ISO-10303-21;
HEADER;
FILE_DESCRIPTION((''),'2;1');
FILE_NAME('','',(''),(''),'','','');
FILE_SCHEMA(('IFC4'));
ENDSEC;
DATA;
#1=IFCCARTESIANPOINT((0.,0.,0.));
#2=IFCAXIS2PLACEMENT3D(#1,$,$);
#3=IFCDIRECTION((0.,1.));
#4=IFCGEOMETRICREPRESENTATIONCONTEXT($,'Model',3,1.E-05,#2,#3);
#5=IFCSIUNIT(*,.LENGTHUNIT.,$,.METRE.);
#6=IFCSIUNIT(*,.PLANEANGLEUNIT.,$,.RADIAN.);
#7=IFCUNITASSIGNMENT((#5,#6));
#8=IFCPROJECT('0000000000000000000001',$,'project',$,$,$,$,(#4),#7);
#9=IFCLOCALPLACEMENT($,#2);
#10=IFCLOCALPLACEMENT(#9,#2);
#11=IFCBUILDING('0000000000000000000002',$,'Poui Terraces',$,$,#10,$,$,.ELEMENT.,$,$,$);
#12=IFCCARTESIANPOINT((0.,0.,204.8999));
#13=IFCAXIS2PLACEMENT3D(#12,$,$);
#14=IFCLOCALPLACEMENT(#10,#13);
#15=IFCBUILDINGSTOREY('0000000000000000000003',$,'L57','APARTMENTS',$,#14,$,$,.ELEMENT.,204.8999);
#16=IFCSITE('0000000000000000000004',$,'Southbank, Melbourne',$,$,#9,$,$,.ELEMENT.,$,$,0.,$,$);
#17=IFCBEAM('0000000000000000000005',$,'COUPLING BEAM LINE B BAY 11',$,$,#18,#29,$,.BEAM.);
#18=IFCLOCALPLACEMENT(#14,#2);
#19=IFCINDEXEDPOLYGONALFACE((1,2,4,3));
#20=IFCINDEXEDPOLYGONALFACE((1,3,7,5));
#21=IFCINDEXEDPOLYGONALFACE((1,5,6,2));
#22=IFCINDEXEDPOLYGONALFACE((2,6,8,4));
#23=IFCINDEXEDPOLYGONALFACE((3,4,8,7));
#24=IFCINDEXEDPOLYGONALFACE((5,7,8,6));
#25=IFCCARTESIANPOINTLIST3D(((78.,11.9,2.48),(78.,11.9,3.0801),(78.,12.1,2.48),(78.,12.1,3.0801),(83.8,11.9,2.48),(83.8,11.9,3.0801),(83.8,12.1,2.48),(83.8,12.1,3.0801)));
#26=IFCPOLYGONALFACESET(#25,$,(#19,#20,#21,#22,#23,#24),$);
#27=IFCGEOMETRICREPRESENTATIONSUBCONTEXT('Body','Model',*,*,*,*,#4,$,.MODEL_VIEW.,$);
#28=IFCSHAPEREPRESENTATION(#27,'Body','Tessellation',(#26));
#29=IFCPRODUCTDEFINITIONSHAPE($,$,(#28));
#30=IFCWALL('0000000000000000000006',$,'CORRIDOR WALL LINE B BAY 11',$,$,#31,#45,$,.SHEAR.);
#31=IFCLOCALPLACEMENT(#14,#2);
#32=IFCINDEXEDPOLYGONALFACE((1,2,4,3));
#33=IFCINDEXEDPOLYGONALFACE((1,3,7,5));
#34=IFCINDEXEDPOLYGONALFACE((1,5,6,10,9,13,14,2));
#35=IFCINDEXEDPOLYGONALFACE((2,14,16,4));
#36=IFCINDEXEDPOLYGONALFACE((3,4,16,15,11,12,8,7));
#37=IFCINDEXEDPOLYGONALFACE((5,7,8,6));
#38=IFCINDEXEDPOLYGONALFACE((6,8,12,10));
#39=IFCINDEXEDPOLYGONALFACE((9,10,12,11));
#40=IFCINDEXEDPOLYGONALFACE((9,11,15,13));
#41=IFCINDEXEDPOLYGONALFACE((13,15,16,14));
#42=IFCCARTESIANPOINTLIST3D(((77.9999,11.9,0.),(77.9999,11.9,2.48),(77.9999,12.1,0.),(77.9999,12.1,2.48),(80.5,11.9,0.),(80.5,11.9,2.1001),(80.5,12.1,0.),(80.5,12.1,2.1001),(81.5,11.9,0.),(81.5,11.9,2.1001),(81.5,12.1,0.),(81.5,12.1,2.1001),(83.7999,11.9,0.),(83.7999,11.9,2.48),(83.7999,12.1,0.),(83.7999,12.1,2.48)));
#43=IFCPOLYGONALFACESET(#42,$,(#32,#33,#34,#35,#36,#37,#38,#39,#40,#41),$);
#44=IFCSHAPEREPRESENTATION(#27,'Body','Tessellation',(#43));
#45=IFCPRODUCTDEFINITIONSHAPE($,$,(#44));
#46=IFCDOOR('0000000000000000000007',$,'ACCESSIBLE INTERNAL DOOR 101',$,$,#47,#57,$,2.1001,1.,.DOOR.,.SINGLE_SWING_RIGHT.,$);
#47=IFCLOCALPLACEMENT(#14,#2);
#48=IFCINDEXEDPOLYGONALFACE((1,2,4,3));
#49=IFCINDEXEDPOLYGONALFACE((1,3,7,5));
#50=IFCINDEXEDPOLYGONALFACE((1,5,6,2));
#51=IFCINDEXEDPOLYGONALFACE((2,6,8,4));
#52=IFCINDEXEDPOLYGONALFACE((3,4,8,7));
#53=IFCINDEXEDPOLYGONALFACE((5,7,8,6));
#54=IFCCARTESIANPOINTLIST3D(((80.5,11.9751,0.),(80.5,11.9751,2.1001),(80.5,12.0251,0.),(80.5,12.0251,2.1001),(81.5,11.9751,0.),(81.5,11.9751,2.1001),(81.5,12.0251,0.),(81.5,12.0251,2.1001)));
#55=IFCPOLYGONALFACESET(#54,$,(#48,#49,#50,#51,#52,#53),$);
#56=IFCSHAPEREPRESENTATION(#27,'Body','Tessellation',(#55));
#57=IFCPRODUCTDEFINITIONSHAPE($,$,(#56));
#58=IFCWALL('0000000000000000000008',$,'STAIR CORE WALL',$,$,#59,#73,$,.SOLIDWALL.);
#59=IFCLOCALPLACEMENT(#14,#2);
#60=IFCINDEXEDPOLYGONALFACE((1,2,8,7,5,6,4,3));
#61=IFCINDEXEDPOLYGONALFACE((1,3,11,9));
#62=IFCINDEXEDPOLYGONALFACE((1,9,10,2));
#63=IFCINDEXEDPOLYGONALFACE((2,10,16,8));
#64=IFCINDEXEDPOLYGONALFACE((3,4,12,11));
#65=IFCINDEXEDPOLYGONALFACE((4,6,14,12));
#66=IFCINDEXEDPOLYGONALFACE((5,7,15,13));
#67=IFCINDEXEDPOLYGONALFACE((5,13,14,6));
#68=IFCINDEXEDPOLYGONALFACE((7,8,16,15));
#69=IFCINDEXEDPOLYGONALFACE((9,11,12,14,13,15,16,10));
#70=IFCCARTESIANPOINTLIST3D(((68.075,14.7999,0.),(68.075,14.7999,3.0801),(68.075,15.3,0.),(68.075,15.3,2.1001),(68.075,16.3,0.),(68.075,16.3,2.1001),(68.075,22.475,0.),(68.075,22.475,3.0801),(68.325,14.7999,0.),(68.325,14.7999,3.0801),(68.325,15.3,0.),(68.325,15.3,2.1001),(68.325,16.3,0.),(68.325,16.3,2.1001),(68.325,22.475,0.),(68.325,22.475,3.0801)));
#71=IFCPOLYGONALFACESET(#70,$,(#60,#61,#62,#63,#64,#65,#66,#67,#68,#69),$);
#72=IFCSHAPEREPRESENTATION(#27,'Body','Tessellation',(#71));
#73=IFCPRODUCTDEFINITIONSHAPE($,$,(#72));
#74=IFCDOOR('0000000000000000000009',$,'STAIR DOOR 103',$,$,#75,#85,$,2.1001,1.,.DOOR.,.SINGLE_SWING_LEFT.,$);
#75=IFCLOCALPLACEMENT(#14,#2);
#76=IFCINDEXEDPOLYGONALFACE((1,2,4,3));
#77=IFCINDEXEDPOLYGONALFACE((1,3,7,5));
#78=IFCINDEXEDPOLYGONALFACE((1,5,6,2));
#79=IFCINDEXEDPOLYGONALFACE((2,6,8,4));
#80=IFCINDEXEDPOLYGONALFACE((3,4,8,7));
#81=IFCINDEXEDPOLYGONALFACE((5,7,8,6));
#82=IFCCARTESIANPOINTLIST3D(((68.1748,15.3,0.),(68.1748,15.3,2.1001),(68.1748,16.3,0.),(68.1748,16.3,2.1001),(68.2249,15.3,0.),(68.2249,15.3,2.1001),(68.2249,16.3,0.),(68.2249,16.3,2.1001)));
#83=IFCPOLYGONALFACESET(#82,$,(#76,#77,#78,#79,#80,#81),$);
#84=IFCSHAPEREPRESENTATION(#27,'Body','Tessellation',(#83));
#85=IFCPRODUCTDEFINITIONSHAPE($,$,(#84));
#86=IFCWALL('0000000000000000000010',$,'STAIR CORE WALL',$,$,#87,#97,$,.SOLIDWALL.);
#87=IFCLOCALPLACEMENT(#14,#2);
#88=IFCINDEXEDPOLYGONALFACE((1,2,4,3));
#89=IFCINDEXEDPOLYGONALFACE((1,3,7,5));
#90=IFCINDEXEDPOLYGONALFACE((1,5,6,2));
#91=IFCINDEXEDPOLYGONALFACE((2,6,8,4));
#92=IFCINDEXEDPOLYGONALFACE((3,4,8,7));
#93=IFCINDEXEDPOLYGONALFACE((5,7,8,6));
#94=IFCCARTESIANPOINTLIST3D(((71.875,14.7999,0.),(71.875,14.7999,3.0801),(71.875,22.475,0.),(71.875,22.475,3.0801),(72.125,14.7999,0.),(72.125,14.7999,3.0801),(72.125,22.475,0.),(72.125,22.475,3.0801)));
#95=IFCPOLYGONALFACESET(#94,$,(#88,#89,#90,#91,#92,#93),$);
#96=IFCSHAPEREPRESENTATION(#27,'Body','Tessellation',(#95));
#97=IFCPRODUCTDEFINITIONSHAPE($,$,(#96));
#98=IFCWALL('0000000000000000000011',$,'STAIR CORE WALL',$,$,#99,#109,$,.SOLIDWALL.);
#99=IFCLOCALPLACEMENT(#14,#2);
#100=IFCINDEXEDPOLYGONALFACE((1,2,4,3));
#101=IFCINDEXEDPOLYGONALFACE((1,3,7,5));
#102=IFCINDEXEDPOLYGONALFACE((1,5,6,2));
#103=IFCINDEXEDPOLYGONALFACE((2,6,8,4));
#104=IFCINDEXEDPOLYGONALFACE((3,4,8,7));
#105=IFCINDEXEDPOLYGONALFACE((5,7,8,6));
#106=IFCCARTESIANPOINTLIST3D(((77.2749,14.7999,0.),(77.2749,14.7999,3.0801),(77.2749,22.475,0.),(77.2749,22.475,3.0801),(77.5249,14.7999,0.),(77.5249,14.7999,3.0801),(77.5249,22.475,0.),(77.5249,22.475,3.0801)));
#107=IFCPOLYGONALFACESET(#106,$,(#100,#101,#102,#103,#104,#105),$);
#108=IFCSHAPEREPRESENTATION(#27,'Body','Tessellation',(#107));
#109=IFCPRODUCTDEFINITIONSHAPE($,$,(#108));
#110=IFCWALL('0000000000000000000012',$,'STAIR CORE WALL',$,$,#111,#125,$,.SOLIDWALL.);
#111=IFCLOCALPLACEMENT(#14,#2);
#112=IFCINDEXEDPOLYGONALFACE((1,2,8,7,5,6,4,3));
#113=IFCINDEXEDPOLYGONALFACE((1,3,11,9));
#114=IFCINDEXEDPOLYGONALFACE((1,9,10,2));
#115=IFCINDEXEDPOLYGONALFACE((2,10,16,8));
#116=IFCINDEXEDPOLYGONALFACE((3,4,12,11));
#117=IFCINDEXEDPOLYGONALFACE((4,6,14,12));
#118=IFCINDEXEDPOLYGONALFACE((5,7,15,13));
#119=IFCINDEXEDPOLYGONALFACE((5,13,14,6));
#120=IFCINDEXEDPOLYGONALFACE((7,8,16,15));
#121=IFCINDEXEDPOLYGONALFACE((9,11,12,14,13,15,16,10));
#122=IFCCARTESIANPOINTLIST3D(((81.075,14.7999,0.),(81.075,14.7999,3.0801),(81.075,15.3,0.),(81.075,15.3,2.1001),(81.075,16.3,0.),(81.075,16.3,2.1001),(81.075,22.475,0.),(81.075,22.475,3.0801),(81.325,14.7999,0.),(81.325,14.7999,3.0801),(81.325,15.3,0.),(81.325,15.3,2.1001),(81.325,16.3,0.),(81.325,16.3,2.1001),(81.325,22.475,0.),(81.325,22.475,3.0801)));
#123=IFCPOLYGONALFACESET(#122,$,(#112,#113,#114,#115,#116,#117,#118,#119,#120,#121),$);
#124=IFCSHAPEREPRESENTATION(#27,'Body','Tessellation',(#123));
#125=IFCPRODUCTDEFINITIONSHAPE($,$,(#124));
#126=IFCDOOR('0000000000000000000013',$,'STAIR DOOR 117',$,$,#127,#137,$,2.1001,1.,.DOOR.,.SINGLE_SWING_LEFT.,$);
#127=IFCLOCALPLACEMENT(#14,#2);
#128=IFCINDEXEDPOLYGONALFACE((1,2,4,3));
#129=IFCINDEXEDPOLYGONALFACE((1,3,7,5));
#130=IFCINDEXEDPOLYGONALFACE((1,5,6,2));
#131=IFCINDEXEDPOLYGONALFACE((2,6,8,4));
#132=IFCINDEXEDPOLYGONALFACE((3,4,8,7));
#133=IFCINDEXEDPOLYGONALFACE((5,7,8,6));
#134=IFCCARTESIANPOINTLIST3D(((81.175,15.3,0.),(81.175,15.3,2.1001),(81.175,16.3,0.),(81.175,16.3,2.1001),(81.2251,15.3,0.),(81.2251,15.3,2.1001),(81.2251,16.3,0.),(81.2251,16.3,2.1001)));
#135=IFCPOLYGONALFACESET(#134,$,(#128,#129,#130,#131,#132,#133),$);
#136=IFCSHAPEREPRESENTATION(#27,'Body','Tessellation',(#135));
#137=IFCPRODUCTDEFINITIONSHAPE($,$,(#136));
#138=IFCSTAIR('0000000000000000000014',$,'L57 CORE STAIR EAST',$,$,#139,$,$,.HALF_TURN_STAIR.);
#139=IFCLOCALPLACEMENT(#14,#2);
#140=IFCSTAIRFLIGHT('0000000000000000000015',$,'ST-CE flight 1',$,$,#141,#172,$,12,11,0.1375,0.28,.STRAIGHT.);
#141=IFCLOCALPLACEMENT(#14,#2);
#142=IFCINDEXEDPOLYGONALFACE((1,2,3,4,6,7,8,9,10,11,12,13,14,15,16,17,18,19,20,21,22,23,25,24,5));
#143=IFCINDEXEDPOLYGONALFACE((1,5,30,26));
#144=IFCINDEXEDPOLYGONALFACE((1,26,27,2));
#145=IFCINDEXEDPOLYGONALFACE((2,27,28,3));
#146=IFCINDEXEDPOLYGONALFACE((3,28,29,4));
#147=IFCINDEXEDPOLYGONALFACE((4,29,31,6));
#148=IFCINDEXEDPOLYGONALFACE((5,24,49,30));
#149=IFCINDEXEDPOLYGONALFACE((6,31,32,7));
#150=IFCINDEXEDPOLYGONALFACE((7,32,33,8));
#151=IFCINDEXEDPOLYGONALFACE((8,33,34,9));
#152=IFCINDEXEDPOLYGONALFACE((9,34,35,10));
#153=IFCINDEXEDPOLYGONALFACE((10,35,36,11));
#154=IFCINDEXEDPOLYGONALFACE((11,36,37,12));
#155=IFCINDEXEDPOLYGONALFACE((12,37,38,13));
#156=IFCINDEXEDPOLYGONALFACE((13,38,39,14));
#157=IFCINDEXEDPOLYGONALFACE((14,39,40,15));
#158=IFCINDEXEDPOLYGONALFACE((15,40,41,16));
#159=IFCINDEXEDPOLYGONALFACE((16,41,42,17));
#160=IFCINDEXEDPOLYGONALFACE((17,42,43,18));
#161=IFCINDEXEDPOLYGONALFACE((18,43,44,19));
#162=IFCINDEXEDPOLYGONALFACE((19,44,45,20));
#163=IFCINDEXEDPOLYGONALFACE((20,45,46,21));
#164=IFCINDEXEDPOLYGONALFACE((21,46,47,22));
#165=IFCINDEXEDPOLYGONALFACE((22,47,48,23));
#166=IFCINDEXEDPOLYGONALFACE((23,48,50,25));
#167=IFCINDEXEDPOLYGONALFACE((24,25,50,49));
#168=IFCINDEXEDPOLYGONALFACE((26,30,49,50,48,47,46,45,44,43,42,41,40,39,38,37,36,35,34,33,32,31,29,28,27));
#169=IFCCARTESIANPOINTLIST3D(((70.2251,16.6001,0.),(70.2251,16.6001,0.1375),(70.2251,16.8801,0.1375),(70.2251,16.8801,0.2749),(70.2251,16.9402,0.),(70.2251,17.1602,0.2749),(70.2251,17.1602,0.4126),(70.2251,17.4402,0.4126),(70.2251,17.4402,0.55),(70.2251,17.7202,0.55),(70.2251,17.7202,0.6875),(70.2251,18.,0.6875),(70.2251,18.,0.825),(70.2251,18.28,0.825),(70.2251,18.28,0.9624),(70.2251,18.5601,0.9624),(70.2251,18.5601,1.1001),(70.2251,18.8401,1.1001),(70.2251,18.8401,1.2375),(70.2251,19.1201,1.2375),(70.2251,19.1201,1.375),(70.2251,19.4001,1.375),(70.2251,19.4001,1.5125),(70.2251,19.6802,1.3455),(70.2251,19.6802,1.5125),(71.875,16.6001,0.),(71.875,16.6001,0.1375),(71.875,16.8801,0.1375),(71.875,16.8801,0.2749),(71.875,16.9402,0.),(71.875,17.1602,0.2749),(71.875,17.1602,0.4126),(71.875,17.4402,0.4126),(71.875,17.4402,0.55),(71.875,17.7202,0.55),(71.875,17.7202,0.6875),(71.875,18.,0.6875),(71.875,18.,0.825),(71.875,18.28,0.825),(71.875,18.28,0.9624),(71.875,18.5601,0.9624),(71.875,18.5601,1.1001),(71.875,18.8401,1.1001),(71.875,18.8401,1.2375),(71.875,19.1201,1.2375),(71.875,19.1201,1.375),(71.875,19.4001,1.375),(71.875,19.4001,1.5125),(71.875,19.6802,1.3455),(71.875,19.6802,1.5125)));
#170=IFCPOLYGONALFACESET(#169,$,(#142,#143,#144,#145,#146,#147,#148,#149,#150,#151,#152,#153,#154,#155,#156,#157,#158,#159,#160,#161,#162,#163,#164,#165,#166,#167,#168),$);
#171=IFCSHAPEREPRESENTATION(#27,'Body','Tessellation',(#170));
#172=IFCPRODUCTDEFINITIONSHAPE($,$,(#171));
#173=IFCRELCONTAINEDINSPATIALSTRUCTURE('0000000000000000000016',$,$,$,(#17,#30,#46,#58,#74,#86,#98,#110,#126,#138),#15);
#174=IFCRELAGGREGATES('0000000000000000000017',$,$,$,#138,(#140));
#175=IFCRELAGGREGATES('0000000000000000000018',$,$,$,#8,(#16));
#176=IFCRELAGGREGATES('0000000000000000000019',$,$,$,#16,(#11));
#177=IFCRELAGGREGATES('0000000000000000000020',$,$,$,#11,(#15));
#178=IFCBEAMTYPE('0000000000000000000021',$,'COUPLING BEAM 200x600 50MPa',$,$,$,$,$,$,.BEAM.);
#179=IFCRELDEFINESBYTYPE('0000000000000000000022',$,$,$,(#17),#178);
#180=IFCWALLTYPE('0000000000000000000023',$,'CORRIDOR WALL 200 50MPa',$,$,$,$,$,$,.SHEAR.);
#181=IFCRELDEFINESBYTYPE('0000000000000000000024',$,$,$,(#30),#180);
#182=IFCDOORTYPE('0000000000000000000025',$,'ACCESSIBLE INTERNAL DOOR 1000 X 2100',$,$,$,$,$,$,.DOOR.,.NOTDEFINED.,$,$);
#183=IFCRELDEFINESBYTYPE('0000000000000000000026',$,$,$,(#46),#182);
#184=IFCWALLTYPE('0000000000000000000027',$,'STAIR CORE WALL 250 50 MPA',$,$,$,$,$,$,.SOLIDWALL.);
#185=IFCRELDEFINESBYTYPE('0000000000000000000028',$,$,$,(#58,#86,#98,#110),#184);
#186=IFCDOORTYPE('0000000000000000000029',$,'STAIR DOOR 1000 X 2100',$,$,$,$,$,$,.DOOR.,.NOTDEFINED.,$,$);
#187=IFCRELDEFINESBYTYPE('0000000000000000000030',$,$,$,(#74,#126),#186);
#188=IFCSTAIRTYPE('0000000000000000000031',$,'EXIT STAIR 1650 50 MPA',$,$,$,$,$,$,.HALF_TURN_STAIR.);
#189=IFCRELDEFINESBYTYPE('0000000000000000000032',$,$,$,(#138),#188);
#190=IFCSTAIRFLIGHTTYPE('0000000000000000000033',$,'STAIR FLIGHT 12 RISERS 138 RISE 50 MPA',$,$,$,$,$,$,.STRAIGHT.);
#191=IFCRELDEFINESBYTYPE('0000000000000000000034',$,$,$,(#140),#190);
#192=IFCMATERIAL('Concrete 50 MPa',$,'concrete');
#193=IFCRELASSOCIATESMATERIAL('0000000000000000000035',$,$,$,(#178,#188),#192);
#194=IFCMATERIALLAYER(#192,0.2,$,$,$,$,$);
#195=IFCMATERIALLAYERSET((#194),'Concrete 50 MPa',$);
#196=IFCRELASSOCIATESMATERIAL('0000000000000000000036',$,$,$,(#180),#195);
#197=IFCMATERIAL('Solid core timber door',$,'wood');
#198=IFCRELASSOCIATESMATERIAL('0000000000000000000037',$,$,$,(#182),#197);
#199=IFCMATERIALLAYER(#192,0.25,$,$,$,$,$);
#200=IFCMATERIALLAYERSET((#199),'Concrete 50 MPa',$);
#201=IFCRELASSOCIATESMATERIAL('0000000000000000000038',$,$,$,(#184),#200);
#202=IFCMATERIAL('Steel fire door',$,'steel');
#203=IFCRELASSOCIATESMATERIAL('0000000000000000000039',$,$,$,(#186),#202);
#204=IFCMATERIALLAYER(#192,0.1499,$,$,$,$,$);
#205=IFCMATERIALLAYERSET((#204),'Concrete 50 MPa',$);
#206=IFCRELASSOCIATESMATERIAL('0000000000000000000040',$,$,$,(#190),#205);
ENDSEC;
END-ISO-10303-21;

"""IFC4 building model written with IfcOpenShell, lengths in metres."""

from ifc_helpers import new_model, si_unit, direction, frame, frame_2d, origin, origin_2d, place, context, subcontext, project, spatial, polyline, rectangle, outline, extrude, source, transform, mapped, material, layer, layer_set, material_profile, profile_set, type_object, element, fill, aggregate, save


model = new_model("IFC4")

# Units and contexts
model_context = context("Model", 3, precision=1e-05, world=origin(), true_north=direction((0.0, 1.0)))
body_context = subcontext(model_context, "Body", "Model", "MODEL_VIEW")
ifc_project = project(units=[si_unit("LENGTHUNIT", "METRE"), si_unit("PLANEANGLEUNIT", "RADIAN")], contexts=[model_context])

# Site, building, storey
site_placement = place(None, origin())
site = spatial("IfcSite", under=ifc_project, at=site_placement, Name="Southbank, Melbourne", CompositionType="ELEMENT", RefElevation=0.0)
building_placement = place(site_placement, origin())
building = spatial("IfcBuilding", under=site, at=building_placement, Name="Poui Terraces", CompositionType="ELEMENT")
storey_placement = place(building_placement, frame((0.0, 0.0, 204.8999)))
storey = spatial("IfcBuildingStorey", under=building, at=storey_placement, Name="L57", Description="APARTMENTS", CompositionType="ELEMENT", Elevation=204.8999)

# Beam
ifc_material_1 = material(Name="Concrete 50 MPa", Category="concrete")
ifc_material_profile = material_profile(ifc_material_1, rectangle(XDim=0.2, YDim=0.6001, at=origin_2d()), Name="RC 200x600")
ifc_profile_set = profile_set([ifc_material_profile], Name="Concrete 50 MPa")
beam_type = type_object("IfcBeamType", Name="COUPLING BEAM 200x600 50MPa", PredefinedType="BEAM", material=ifc_profile_set)
shared_shape = source(origin(), body_context, "Body", "SweptSolid", [
    extrude(rectangle(XDim=0.2, YDim=0.6001, at=origin_2d()), origin(), (0.0, 0.0, 1.0), 5.8),
])
beam_placement = place(storey_placement, frame((78.0, 12.0, 2.78), z_axis=(1.0, 0.0, 0.0), x_axis=(0.0, 1.0, 0.0)))
element("IfcBeam", 1, at=beam_placement, inside=storey, type_object=beam_type, Name="COUPLING BEAM LINE B BAY 11", PredefinedType="BEAM", context=body_context, shape_type="MappedRepresentation", body=[
    mapped(shared_shape, transform((0.0, 0.0, 0.0))),
])

# Walls, openings, doors
ifc_layer_1 = layer(ifc_material_1, 0.2)
ifc_layer_set_1 = layer_set([ifc_layer_1], Name="Concrete 50 MPa")
wall_type_1 = type_object("IfcWallType", Name="CORRIDOR WALL 200 50MPa", PredefinedType="SHEAR", material=ifc_layer_set_1)
wall_1_placement = place(storey_placement, frame((78.0, 12.0, 0.0), z_axis=(0.0, 0.0, 1.0), x_axis=(1.0, 0.0, 0.0)))
wall_1 = element("IfcWall", 2, at=wall_1_placement, inside=storey, type_object=wall_type_1, Name="CORRIDOR WALL LINE B BAY 11", PredefinedType="SHEAR", context=body_context, shape_type="SweptSolid", body=[
    extrude(rectangle(XDim=5.8, YDim=0.2, at=frame_2d((2.8999, 0.0))), origin(), (0.0, 0.0, 1.0), 2.48),
])
opening_1_placement = place(wall_1_placement, frame((2.5, 0.0, 0.0)))
opening_1 = element("IfcOpeningElement", 3, at=opening_1_placement, cuts=wall_1, PredefinedType="OPENING", context=body_context, shape_type="SweptSolid", body=[
    extrude(rectangle(XDim=1.0, YDim=2.1001, at=frame_2d((0.5, 1.05))), frame((0.0, 0.1099, 0.0), z_axis=(0.0, -1.0, 0.0), x_axis=(1.0, 0.0, 0.0)), (0.0, 0.0, 1.0), 0.22),
])
ifc_material_2 = material(Name="Solid core timber door", Category="wood")
door_type_1 = type_object("IfcDoorType", Name="ACCESSIBLE INTERNAL DOOR 1000 X 2100", OperationType="NOTDEFINED", PredefinedType="DOOR", material=ifc_material_2)
door_1_placement = place(opening_1_placement, frame((1.0, 0.0, 0.0), z_axis=(0.0, 0.0, 1.0), x_axis=(-1.0, 0.0, 0.0)))
door_1 = element("IfcDoor", 4, at=door_1_placement, inside=storey, type_object=door_type_1, Name="ACCESSIBLE INTERNAL DOOR 101", OperationType="SINGLE_SWING_RIGHT", OverallHeight=2.1001, OverallWidth=1.0, PredefinedType="DOOR", context=body_context, shape_type="SweptSolid", body=[
    extrude(rectangle(XDim=1.0, YDim=2.1001, at=frame_2d((0.5, 1.05))), frame((0.0, 0.0249, 0.0), z_axis=(0.0, -1.0, 0.0), x_axis=(1.0, 0.0, 0.0)), (0.0, 0.0, 1.0), 0.05),
])
fill(opening_1, door_1)
ifc_layer_2 = layer(ifc_material_1, 0.25)
ifc_layer_set_2 = layer_set([ifc_layer_2], Name="Concrete 50 MPa")
wall_type_2 = type_object("IfcWallType", Name="STAIR CORE WALL 250 50 MPA", PredefinedType="SOLIDWALL", material=ifc_layer_set_2)
wall_2_placement = place(storey_placement, frame((68.2, 14.8, 0.0), z_axis=(0.0, 0.0, 1.0), x_axis=(0.0, 1.0, 0.0)))
wall_2 = element("IfcWall", 5, at=wall_2_placement, inside=storey, type_object=wall_type_2, Name="STAIR CORE WALL", PredefinedType="SOLIDWALL", context=body_context, shape_type="SweptSolid", body=[
    extrude(rectangle(XDim=7.675, YDim=0.25, at=frame_2d((3.8374, 0.0))), origin(), (0.0, 0.0, 1.0), 3.0801),
])
opening_2_placement = place(wall_2_placement, frame((0.5, 0.0, 0.0)))
opening_2 = element("IfcOpeningElement", 6, at=opening_2_placement, cuts=wall_2, PredefinedType="OPENING", context=body_context, shape_type="SweptSolid", body=[
    extrude(rectangle(XDim=1.0, YDim=2.1001, at=frame_2d((0.5, 1.05))), frame((0.0, 0.135, 0.0), z_axis=(0.0, -1.0, 0.0), x_axis=(1.0, 0.0, 0.0)), (0.0, 0.0, 1.0), 0.27),
])
ifc_material_3 = material(Name="Steel fire door", Category="steel")
door_type_2 = type_object("IfcDoorType", Name="STAIR DOOR 1000 X 2100", OperationType="NOTDEFINED", PredefinedType="DOOR", material=ifc_material_3)
door_2_placement = place(opening_2_placement, frame((1.0, 0.0, 0.0), z_axis=(0.0, 0.0, 1.0), x_axis=(-1.0, 0.0, 0.0)))
door_2 = element("IfcDoor", 7, at=door_2_placement, inside=storey, type_object=door_type_2, Name="STAIR DOOR 103", OperationType="SINGLE_SWING_LEFT", OverallHeight=2.1001, OverallWidth=1.0, PredefinedType="DOOR", context=body_context, shape_type="SweptSolid", body=[
    extrude(rectangle(XDim=1.0, YDim=2.1001, at=frame_2d((0.5, 1.05))), frame((0.0, 0.0249, 0.0), z_axis=(0.0, -1.0, 0.0), x_axis=(1.0, 0.0, 0.0)), (0.0, 0.0, 1.0), 0.05),
])
fill(opening_2, door_2)

# Walls
for number, where, z_axis, x_axis, name in (
    (8, (72.0, 14.8, 0.0), (0.0, 0.0, 1.0), (0.0, 1.0, 0.0), "STAIR CORE WALL"),
    (9, (77.3999, 14.8, 0.0), (0.0, 0.0, 1.0), (0.0, 1.0, 0.0), "STAIR CORE WALL"),
):
    element("IfcWall", number, at=place(storey_placement, frame(where, z_axis=z_axis, x_axis=x_axis)), inside=storey, type_object=wall_type_2, Name=name, PredefinedType="SOLIDWALL", context=body_context, shape_type="SweptSolid", body=[
        extrude(rectangle(XDim=7.675, YDim=0.25, at=frame_2d((3.8374, 0.0))), origin(), (0.0, 0.0, 1.0), 3.0801),
    ])

# Wall, opening, door
wall_3_placement = place(storey_placement, frame((81.2, 14.8, 0.0), z_axis=(0.0, 0.0, 1.0), x_axis=(0.0, 1.0, 0.0)))
wall_3 = element("IfcWall", 10, at=wall_3_placement, inside=storey, type_object=wall_type_2, Name="STAIR CORE WALL", PredefinedType="SOLIDWALL", context=body_context, shape_type="SweptSolid", body=[
    extrude(rectangle(XDim=7.675, YDim=0.25, at=frame_2d((3.8374, 0.0))), origin(), (0.0, 0.0, 1.0), 3.0801),
])
opening_3_placement = place(wall_3_placement, frame((0.5, 0.0, 0.0)))
opening_3 = element("IfcOpeningElement", 11, at=opening_3_placement, cuts=wall_3, PredefinedType="OPENING", context=body_context, shape_type="SweptSolid", body=[
    extrude(rectangle(XDim=1.0, YDim=2.1001, at=frame_2d((0.5, 1.05))), frame((0.0, 0.135, 0.0), z_axis=(0.0, -1.0, 0.0), x_axis=(1.0, 0.0, 0.0)), (0.0, 0.0, 1.0), 0.27),
])
door_3_placement = place(opening_3_placement, origin())
door_3 = element("IfcDoor", 12, at=door_3_placement, inside=storey, type_object=door_type_2, Name="STAIR DOOR 117", OperationType="SINGLE_SWING_LEFT", OverallHeight=2.1001, OverallWidth=1.0, PredefinedType="DOOR", context=body_context, shape_type="SweptSolid", body=[
    extrude(rectangle(XDim=1.0, YDim=2.1001, at=frame_2d((0.5, 1.05))), frame((0.0, 0.0249, 0.0), z_axis=(0.0, -1.0, 0.0), x_axis=(1.0, 0.0, 0.0)), (0.0, 0.0, 1.0), 0.05),
])
fill(opening_3, door_3)

# Stair, stair flight
stair_type = type_object("IfcStairType", Name="EXIT STAIR 1650 50 MPA", PredefinedType="HALF_TURN_STAIR", material=ifc_material_1)
stair_1_placement = place(storey_placement, origin())
stair_1 = element("IfcStair", 13, at=stair_1_placement, inside=storey, type_object=stair_type, Name="L57 CORE STAIR EAST", PredefinedType="HALF_TURN_STAIR")
ifc_layer_3 = layer(ifc_material_1, 0.1499)
ifc_layer_set_3 = layer_set([ifc_layer_3], Name="Concrete 50 MPa")
stair_flight_type = type_object("IfcStairFlightType", Name="STAIR FLIGHT 12 RISERS 138 RISE 50 MPA", PredefinedType="STRAIGHT", material=ifc_layer_set_3)
stair_flight_1_placement = place(storey_placement, frame((71.05, 16.6001, 0.0), z_axis=(0.0, 0.0, 1.0), x_axis=(0.0, 1.0, 0.0)))
stair_flight_1 = element("IfcStairFlight", 14, at=stair_flight_1_placement, type_object=stair_flight_type, Name="ST-CE flight 1", NumberOfRisers=12, NumberOfTreads=11, PredefinedType="STRAIGHT", RiserHeight=0.1375, TreadLength=0.28, context=body_context, shape_type="SweptSolid", body=[
    extrude(outline(polyline([(0.0, 0.0), (0.0, 0.1375), (0.28, 0.1375), (0.28, 0.2749), (0.5601, 0.2749), (0.5601, 0.4126), (0.8401, 0.4126), (0.8401, 0.55), (1.1201, 0.55), (1.1201, 0.6875), (1.3999, 0.6875), (1.3999, 0.825), (1.6799, 0.825), (1.6799, 0.9624), (1.96, 0.9624), (1.96, 1.1001), (2.24, 1.1001), (2.24, 1.2375), (2.52, 1.2375), (2.52, 1.375), (2.8, 1.375), (2.8, 1.5125), (3.0801, 1.5125), (3.0801, 1.6499), (3.0801, 1.3455), (0.3401, 0.0), (0.0, 0.0)])), frame((0.0, 0.825, 0.0), z_axis=(0.0, -1.0, 0.0), x_axis=(1.0, 0.0, 0.0)), (0.0, 0.0, 1.0), 1.6499),
])
aggregate(stair_1, [stair_flight_1])

save(model, "model.ifc")
